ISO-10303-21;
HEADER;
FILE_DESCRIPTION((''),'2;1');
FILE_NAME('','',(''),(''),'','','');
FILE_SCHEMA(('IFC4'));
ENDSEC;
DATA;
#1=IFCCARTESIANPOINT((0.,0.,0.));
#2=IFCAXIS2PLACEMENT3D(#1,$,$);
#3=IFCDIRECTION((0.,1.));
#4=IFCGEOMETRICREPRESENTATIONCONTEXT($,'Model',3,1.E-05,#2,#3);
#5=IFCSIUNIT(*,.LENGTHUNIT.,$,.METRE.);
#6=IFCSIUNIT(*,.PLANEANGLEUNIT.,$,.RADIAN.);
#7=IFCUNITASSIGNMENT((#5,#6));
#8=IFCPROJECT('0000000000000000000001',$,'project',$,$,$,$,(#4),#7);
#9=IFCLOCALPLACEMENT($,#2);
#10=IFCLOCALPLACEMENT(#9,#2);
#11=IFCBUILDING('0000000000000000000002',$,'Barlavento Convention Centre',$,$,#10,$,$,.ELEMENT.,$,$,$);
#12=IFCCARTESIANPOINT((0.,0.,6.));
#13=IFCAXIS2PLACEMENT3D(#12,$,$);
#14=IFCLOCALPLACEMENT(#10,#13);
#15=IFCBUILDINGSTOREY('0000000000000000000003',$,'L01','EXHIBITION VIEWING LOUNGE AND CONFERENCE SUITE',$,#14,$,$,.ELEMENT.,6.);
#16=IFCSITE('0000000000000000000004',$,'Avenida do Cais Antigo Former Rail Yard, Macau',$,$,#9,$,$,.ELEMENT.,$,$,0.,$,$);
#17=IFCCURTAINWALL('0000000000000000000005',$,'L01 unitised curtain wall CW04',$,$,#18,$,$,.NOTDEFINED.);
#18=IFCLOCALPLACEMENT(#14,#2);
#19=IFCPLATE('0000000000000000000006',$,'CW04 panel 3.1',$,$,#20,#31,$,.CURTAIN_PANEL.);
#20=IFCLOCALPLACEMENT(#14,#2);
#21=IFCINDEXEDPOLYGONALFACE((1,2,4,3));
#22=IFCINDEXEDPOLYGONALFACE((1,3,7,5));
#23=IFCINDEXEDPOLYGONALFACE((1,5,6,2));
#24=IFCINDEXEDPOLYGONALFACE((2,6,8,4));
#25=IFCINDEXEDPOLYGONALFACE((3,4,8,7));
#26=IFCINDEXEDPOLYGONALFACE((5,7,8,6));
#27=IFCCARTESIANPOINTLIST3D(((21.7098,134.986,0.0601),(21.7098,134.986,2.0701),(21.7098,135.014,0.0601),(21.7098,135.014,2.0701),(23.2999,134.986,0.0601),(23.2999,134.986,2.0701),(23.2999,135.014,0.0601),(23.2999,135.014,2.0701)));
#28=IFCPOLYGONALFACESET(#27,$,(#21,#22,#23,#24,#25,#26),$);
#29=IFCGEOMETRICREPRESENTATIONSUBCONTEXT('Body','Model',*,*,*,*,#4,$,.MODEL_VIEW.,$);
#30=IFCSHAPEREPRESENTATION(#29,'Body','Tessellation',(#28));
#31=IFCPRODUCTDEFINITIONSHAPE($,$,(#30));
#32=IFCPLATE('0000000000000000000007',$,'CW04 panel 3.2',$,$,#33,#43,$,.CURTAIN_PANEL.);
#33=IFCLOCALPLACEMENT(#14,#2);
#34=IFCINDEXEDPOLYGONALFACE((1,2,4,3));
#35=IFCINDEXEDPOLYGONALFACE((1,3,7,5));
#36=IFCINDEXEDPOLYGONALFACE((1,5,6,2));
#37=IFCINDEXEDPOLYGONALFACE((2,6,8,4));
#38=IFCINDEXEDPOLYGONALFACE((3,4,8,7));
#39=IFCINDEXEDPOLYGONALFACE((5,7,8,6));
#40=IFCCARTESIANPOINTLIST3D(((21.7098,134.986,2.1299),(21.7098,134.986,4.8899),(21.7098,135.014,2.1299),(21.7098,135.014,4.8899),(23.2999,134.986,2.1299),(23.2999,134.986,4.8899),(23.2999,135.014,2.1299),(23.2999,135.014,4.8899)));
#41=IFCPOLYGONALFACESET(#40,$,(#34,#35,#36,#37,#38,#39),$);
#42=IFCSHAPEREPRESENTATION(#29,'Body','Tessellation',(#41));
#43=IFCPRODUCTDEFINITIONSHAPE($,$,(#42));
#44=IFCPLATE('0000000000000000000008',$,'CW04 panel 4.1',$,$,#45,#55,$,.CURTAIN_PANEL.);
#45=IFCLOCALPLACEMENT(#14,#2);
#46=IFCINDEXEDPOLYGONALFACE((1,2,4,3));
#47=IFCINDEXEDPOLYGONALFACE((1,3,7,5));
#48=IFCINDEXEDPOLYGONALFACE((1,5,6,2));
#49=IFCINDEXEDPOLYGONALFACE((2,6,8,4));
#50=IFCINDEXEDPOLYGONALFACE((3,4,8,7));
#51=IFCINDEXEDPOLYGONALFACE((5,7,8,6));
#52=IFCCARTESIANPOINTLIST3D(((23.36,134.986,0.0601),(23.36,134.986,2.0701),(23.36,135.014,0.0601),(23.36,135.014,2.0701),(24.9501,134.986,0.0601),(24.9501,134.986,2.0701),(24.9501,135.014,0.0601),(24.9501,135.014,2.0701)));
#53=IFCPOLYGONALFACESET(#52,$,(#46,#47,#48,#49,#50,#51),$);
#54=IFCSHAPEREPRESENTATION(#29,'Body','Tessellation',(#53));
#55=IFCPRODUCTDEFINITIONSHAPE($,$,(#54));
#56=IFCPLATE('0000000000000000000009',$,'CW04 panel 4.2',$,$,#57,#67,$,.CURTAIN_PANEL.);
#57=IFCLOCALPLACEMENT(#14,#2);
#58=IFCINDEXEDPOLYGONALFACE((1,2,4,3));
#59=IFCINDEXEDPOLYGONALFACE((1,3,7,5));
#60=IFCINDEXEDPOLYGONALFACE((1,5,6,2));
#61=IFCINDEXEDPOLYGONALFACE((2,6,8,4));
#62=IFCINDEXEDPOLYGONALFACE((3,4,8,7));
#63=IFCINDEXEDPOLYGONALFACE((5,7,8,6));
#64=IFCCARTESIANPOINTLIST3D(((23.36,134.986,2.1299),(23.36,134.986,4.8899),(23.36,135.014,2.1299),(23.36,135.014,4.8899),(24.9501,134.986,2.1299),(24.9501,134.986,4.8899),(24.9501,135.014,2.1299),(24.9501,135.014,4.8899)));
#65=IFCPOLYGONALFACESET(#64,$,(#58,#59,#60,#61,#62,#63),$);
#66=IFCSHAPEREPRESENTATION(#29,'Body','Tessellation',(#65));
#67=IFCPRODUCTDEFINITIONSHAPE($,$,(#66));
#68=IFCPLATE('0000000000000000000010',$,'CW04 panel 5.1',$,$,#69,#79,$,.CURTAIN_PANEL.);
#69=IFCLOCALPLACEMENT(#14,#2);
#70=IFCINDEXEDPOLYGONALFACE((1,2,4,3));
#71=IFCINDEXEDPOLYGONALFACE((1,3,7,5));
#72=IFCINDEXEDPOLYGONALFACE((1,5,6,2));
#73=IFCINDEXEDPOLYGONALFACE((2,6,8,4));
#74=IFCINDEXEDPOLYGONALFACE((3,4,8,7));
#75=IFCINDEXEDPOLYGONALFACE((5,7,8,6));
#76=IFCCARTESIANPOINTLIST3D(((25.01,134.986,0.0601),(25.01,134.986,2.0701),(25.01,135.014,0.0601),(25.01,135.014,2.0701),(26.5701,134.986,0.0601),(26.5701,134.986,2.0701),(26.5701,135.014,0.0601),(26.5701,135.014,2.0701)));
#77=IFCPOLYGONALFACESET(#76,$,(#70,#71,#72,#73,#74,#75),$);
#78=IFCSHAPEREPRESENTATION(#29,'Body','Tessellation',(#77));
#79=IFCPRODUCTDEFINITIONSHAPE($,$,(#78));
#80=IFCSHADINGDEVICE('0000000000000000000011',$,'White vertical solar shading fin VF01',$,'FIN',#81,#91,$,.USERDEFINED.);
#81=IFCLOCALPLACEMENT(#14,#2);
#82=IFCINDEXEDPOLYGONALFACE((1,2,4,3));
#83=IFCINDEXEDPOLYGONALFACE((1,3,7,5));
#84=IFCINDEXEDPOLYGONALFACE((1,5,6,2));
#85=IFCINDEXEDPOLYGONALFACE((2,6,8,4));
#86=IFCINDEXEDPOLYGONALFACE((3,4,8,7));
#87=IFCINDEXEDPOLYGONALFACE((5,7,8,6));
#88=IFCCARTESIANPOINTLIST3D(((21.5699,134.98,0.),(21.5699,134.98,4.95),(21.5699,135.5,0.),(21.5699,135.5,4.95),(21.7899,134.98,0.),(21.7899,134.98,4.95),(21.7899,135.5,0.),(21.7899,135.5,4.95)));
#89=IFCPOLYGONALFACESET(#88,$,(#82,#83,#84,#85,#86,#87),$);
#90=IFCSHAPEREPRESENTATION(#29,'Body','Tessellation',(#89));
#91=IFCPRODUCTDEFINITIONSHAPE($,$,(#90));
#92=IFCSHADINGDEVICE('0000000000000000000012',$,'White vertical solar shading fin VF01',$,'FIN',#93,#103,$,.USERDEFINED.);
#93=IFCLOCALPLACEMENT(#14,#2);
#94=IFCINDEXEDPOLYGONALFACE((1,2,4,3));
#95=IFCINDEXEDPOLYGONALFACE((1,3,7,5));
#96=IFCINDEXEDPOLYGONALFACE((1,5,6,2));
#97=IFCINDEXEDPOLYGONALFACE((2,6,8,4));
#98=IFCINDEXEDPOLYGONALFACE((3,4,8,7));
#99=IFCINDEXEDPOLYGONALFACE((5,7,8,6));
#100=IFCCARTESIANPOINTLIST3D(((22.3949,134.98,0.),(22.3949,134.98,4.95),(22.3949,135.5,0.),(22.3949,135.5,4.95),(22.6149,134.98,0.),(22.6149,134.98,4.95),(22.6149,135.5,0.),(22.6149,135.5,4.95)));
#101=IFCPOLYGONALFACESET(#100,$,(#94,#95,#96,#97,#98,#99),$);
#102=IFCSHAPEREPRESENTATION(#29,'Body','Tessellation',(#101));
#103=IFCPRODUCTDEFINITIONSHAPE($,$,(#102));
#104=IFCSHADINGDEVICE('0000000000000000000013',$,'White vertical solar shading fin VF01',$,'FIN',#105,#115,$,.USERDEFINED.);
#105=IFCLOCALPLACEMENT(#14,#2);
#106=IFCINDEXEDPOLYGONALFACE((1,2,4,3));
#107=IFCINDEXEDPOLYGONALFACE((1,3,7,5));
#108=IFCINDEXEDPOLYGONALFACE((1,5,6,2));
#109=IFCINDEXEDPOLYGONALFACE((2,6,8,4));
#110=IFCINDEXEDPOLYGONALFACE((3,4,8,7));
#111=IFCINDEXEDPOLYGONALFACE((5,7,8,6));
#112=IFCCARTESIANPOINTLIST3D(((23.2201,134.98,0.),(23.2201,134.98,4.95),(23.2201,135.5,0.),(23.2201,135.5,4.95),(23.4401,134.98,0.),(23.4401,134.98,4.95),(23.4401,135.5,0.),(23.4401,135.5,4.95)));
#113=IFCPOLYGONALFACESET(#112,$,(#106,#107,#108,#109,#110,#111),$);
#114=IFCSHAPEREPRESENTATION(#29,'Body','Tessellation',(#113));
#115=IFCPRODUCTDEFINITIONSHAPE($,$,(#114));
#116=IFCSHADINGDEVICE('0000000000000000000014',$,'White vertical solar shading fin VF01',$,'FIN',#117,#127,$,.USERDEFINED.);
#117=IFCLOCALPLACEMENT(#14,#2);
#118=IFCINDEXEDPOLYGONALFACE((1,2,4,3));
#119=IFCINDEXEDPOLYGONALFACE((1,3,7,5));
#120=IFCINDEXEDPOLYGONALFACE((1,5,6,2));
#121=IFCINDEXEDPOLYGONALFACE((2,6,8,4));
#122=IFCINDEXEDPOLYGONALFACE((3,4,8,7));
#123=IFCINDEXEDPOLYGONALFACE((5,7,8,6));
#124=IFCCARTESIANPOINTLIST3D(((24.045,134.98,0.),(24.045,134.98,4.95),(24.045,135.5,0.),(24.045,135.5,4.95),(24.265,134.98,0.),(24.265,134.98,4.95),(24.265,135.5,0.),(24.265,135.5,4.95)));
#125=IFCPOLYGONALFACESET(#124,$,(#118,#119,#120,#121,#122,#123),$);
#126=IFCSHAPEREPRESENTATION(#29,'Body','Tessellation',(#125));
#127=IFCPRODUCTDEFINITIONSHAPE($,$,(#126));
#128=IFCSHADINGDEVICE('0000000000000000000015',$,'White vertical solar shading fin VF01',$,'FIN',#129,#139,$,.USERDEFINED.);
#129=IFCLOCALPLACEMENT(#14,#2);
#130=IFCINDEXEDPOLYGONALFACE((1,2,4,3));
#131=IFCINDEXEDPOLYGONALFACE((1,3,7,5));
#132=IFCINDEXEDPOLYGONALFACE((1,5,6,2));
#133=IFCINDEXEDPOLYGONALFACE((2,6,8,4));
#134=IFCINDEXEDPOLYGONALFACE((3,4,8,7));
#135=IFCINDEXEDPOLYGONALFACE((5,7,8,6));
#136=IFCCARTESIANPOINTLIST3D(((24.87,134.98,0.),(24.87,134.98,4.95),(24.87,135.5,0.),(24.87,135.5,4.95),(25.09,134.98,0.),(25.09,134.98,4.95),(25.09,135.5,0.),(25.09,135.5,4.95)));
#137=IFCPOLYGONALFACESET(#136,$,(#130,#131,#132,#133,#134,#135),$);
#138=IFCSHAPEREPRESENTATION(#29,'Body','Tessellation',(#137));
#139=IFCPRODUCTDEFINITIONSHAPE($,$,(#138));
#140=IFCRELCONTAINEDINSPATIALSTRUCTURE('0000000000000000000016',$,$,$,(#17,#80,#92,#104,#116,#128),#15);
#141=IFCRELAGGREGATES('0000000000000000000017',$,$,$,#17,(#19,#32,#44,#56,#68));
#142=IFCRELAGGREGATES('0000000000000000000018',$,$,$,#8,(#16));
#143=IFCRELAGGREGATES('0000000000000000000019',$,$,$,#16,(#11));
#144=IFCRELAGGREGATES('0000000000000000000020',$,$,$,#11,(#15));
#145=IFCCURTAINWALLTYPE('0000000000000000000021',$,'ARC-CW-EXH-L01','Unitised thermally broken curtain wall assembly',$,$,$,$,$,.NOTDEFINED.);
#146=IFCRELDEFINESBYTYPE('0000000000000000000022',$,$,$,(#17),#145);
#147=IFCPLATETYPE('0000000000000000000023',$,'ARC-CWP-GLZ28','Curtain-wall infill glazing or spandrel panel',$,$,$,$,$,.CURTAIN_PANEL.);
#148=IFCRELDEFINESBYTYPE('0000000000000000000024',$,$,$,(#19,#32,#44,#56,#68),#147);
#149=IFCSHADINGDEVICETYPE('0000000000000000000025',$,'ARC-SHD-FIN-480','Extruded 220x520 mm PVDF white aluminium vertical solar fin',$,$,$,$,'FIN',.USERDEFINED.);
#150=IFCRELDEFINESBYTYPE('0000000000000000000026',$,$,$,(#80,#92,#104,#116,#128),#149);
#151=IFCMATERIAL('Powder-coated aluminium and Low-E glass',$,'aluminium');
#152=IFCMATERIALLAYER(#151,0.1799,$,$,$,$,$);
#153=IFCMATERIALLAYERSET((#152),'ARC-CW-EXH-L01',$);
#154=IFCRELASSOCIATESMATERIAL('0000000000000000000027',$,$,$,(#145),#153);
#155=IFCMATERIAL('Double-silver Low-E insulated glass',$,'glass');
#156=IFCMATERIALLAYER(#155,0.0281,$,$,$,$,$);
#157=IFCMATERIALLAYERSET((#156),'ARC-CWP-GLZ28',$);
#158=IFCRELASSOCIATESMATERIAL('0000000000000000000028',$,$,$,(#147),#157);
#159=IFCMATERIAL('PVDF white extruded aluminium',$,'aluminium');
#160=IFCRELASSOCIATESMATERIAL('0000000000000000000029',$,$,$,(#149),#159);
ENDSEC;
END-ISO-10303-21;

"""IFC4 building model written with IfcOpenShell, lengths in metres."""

from ifc_helpers import new_model, si_unit, direction, frame, origin, origin_2d, place, context, subcontext, project, spatial, rectangle, extrude, material, layer, layer_set, type_object, element, aggregate, save


model = new_model("IFC4")

# Units and contexts
model_context = context("Model", 3, precision=1e-05, world=origin(), true_north=direction((0.0, 1.0)))
body_context = subcontext(model_context, "Body", "Model", "MODEL_VIEW")
ifc_project = project(units=[si_unit("LENGTHUNIT", "METRE"), si_unit("PLANEANGLEUNIT", "RADIAN")], contexts=[model_context])

# Site, building, storey
site_placement = place(None, origin())
site = spatial("IfcSite", under=ifc_project, at=site_placement, Name="Avenida do Cais Antigo Former Rail Yard, Macau", CompositionType="ELEMENT", RefElevation=0.0)
building_placement = place(site_placement, origin())
building = spatial("IfcBuilding", under=site, at=building_placement, Name="Barlavento Convention Centre", CompositionType="ELEMENT")
storey_placement = place(building_placement, frame((0.0, 0.0, 6.0)))
storey = spatial("IfcBuildingStorey", under=building, at=storey_placement, Name="L01", Description="EXHIBITION VIEWING LOUNGE AND CONFERENCE SUITE", CompositionType="ELEMENT", Elevation=6.0)

# Curtain wall, plates
ifc_material_1 = material(Name="Powder-coated aluminium and Low-E glass", Category="aluminium")
ifc_layer_1 = layer(ifc_material_1, 0.1799)
ifc_layer_set_1 = layer_set([ifc_layer_1], Name="ARC-CW-EXH-L01")
curtain_wall_type = type_object("IfcCurtainWallType", Name="ARC-CW-EXH-L01", Description="Unitised thermally broken curtain wall assembly", PredefinedType="NOTDEFINED", material=ifc_layer_set_1)
curtain_wall_placement = place(storey_placement, origin())
curtain_wall = element("IfcCurtainWall", 1, at=curtain_wall_placement, inside=storey, type_object=curtain_wall_type, Name="L01 unitised curtain wall CW04", PredefinedType="NOTDEFINED")
ifc_material_2 = material(Name="Double-silver Low-E insulated glass", Category="glass")
ifc_layer_2 = layer(ifc_material_2, 0.0281)
ifc_layer_set_2 = layer_set([ifc_layer_2], Name="ARC-CWP-GLZ28")
plate_type = type_object("IfcPlateType", Name="ARC-CWP-GLZ28", Description="Curtain-wall infill glazing or spandrel panel", PredefinedType="CURTAIN_PANEL", material=ifc_layer_set_2)
plate_1_placement = place(storey_placement, frame((22.5049, 135.0, 0.0601), z_axis=(0.0, 0.0, 1.0), x_axis=(1.0, 0.0, 0.0)))
plate_1 = element("IfcPlate", 2, at=plate_1_placement, type_object=plate_type, Name="CW04 panel 3.1", PredefinedType="CURTAIN_PANEL", context=body_context, shape_type="SweptSolid", body=[
    extrude(rectangle(XDim=1.5901, YDim=0.0281, at=origin_2d()), origin(), (0.0, 0.0, 1.0), 2.01),
])
plate_2_placement = place(storey_placement, frame((22.5049, 135.0, 2.1299), z_axis=(0.0, 0.0, 1.0), x_axis=(1.0, 0.0, 0.0)))
plate_2 = element("IfcPlate", 3, at=plate_2_placement, type_object=plate_type, Name="CW04 panel 3.2", PredefinedType="CURTAIN_PANEL", context=body_context, shape_type="SweptSolid", body=[
    extrude(rectangle(XDim=1.5901, YDim=0.0281, at=origin_2d()), origin(), (0.0, 0.0, 1.0), 2.76),
])
plate_3_placement = place(storey_placement, frame((24.155, 135.0, 0.0601), z_axis=(0.0, 0.0, 1.0), x_axis=(1.0, 0.0, 0.0)))
plate_3 = element("IfcPlate", 4, at=plate_3_placement, type_object=plate_type, Name="CW04 panel 4.1", PredefinedType="CURTAIN_PANEL", context=body_context, shape_type="SweptSolid", body=[
    extrude(rectangle(XDim=1.5901, YDim=0.0281, at=origin_2d()), origin(), (0.0, 0.0, 1.0), 2.01),
])
plate_4_placement = place(storey_placement, frame((24.155, 135.0, 2.1299), z_axis=(0.0, 0.0, 1.0), x_axis=(1.0, 0.0, 0.0)))
plate_4 = element("IfcPlate", 5, at=plate_4_placement, type_object=plate_type, Name="CW04 panel 4.2", PredefinedType="CURTAIN_PANEL", context=body_context, shape_type="SweptSolid", body=[
    extrude(rectangle(XDim=1.5901, YDim=0.0281, at=origin_2d()), origin(), (0.0, 0.0, 1.0), 2.76),
])
plate_5_placement = place(storey_placement, frame((25.79, 135.0, 0.0601), z_axis=(0.0, 0.0, 1.0), x_axis=(1.0, 0.0, 0.0)))
plate_5 = element("IfcPlate", 6, at=plate_5_placement, type_object=plate_type, Name="CW04 panel 5.1", PredefinedType="CURTAIN_PANEL", context=body_context, shape_type="SweptSolid", body=[
    extrude(rectangle(XDim=1.5601, YDim=0.0281, at=origin_2d()), origin(), (0.0, 0.0, 1.0), 2.01),
])
aggregate(curtain_wall, [plate_1, plate_2, plate_3, plate_4, plate_5])

# Shading devices
ifc_material_3 = material(Name="PVDF white extruded aluminium", Category="aluminium")
shading_device_type = type_object("IfcShadingDeviceType", Name="ARC-SHD-FIN-480", Description="Extruded 220x520 mm PVDF white aluminium vertical solar fin", ElementType="FIN", PredefinedType="USERDEFINED", material=ifc_material_3)
for number, where, z_axis, x_axis, name in (
    (7, (21.6799, 135.24, 0.0), (0.0, 0.0, 1.0), (1.0, 0.0, 0.0), "White vertical solar shading fin VF01"),
    (8, (22.5049, 135.24, 0.0), (0.0, 0.0, 1.0), (1.0, 0.0, 0.0), "White vertical solar shading fin VF01"),
    (9, (23.3301, 135.24, 0.0), (0.0, 0.0, 1.0), (1.0, 0.0, 0.0), "White vertical solar shading fin VF01"),
    (10, (24.155, 135.24, 0.0), (0.0, 0.0, 1.0), (1.0, 0.0, 0.0), "White vertical solar shading fin VF01"),
    (11, (24.98, 135.24, 0.0), (0.0, 0.0, 1.0), (1.0, 0.0, 0.0), "White vertical solar shading fin VF01"),
):
    element("IfcShadingDevice", number, at=place(storey_placement, frame(where, z_axis=z_axis, x_axis=x_axis)), inside=storey, type_object=shading_device_type, Name=name, ObjectType="FIN", PredefinedType="USERDEFINED", context=body_context, shape_type="SweptSolid", body=[
        extrude(rectangle(XDim=0.22, YDim=0.52, at=origin_2d()), origin(), (0.0, 0.0, 1.0), 4.95),
    ])

save(model, "model.ifc")
